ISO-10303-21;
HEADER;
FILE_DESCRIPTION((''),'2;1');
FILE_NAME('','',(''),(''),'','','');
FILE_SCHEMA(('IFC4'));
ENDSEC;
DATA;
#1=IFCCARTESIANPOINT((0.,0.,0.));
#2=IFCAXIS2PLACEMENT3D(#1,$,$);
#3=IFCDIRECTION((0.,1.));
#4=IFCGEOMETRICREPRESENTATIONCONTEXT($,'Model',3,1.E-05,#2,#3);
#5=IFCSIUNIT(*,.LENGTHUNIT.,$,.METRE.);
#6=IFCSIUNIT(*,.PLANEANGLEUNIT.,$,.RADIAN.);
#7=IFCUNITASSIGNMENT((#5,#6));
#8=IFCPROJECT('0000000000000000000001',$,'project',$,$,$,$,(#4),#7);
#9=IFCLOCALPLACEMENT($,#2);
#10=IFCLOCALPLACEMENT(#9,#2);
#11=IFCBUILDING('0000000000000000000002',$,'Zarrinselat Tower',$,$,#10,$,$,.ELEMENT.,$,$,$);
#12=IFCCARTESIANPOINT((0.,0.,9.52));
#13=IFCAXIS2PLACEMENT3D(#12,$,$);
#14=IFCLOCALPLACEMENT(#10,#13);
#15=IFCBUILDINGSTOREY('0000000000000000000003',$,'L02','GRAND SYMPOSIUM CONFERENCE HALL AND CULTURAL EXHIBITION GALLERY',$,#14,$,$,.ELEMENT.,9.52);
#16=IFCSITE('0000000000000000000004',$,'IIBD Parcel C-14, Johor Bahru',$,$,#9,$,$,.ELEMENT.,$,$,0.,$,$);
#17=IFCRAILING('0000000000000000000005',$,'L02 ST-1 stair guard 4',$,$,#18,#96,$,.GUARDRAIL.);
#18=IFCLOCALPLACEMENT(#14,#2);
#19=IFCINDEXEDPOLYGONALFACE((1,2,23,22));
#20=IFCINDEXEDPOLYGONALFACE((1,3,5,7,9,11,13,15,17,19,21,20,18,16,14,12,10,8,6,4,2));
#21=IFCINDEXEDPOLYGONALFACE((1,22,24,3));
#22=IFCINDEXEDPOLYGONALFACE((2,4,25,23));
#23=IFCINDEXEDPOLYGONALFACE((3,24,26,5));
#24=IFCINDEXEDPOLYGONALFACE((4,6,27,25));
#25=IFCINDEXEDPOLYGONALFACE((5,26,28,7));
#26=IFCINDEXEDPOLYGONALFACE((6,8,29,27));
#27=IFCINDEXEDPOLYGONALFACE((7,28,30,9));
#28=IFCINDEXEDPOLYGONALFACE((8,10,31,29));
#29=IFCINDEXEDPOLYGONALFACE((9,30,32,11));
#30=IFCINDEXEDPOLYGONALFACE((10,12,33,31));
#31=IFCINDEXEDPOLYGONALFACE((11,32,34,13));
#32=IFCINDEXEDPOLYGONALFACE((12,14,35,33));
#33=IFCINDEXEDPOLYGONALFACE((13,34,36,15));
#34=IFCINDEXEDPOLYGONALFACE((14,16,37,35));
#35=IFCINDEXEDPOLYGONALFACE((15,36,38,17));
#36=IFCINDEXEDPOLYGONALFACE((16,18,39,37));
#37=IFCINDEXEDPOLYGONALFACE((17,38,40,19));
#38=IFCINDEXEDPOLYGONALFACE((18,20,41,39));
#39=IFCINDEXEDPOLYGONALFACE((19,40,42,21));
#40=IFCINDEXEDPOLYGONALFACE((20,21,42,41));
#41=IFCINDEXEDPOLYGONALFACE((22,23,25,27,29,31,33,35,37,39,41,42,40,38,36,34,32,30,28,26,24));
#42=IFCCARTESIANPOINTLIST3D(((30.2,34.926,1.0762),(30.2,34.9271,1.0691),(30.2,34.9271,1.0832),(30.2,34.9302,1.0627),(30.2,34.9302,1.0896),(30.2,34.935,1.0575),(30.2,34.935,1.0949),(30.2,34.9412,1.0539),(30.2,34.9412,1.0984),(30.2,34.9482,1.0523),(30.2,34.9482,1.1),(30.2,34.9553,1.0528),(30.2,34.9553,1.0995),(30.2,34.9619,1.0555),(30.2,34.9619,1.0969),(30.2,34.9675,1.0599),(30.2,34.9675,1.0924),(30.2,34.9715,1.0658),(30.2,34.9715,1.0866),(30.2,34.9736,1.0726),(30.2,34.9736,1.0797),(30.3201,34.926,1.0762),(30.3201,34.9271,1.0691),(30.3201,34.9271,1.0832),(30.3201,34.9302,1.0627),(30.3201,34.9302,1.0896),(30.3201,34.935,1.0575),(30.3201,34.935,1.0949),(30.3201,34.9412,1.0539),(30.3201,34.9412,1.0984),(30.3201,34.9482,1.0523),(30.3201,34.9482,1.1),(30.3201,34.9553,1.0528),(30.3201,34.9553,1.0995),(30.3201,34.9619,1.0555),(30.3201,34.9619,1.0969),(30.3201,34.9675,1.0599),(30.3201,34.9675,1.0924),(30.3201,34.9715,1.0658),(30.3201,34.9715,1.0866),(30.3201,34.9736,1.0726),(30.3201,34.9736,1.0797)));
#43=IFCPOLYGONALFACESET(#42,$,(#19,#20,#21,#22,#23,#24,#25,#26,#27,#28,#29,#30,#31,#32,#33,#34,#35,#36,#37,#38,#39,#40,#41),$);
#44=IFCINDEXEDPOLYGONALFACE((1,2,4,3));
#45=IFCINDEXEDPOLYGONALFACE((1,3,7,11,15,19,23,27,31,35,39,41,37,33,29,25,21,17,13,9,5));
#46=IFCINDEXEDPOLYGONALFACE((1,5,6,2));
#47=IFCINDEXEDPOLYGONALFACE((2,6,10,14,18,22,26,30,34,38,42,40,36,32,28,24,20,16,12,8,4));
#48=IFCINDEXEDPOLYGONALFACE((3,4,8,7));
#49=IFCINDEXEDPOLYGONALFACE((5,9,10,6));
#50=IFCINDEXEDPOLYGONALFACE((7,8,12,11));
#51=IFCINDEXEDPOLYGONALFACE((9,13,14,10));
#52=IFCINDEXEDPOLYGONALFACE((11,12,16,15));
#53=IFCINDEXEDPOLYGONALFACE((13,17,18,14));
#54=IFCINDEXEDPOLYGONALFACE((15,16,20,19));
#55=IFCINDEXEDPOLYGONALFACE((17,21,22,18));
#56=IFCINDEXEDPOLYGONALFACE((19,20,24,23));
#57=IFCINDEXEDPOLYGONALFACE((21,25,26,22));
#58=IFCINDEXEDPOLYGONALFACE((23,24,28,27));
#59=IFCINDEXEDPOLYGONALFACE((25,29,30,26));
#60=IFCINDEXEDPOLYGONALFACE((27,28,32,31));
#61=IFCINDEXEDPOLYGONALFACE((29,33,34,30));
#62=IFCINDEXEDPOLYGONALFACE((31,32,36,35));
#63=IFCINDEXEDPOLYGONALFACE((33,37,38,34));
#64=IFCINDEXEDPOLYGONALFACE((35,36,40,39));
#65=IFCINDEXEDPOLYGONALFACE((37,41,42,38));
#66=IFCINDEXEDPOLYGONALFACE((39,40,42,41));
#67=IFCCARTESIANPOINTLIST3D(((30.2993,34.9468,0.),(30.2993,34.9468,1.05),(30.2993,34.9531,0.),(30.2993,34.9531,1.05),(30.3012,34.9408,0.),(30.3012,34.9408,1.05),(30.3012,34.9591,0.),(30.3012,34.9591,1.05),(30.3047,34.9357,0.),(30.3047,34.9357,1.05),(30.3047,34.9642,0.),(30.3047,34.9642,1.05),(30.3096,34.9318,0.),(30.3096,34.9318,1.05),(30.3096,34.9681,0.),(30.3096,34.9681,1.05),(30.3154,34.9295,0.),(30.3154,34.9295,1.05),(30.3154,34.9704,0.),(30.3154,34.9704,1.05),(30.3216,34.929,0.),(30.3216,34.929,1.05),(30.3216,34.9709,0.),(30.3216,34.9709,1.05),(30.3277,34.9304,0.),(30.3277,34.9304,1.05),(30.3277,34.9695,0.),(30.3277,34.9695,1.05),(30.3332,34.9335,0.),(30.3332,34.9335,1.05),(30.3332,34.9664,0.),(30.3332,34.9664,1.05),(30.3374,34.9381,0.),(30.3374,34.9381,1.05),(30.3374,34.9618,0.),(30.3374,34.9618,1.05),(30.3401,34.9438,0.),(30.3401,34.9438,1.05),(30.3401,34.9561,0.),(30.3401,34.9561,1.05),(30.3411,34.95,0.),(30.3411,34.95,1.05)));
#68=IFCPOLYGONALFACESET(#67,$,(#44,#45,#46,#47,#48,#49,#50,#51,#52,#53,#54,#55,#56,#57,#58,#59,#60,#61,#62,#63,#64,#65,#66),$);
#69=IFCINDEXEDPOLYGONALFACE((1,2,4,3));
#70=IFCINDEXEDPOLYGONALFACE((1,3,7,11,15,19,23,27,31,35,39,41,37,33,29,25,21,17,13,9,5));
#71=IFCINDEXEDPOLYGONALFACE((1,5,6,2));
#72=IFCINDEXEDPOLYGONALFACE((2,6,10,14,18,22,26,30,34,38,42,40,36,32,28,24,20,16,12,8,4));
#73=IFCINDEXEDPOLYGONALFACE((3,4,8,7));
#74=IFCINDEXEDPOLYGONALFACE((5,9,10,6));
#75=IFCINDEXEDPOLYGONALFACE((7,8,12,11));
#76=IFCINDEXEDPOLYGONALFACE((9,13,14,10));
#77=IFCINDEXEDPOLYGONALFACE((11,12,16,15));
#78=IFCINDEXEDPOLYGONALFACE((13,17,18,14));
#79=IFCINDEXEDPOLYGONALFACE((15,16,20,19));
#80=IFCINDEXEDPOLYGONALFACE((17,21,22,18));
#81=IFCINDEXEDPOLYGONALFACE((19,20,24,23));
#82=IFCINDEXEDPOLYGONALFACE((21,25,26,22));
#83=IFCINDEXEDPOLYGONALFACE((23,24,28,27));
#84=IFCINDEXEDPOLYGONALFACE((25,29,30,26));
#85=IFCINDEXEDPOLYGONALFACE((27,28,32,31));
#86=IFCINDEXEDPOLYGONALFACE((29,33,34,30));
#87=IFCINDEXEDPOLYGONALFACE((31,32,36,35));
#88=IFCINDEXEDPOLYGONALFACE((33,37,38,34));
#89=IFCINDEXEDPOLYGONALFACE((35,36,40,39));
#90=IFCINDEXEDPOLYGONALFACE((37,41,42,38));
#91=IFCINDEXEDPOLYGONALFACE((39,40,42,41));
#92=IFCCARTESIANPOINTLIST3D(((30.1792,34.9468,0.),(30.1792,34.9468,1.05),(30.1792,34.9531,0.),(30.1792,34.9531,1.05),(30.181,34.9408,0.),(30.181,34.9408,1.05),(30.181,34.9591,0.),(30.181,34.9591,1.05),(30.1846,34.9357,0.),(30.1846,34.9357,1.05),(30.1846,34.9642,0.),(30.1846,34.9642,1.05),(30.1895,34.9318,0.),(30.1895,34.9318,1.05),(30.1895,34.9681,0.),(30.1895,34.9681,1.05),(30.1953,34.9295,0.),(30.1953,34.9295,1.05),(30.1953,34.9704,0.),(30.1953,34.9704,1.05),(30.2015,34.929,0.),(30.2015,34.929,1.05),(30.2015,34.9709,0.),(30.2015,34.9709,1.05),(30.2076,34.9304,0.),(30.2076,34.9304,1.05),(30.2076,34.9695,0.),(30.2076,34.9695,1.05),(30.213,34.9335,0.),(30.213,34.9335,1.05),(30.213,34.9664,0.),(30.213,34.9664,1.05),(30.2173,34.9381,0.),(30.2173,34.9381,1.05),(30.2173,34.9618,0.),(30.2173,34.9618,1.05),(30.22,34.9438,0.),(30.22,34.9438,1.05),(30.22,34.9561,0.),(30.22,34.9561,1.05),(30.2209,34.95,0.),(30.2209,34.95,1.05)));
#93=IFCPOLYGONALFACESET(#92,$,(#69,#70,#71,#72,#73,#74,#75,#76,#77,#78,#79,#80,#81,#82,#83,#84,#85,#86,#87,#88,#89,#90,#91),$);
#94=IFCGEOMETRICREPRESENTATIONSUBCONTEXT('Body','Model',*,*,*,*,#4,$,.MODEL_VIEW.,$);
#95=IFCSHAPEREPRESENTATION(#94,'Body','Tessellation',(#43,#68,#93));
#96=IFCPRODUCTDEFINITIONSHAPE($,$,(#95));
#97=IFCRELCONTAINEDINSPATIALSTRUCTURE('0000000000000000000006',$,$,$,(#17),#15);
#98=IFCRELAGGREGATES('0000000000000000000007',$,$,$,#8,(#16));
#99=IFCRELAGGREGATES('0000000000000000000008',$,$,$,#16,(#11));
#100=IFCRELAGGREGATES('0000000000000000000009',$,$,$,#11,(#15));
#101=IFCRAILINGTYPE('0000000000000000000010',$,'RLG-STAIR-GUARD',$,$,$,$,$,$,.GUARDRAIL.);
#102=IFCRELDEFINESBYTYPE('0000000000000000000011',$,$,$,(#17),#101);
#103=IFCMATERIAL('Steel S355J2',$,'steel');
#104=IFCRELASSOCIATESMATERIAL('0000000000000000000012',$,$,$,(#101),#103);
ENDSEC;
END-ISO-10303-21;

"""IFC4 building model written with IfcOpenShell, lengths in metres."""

from ifc_helpers import new_model, si_unit, direction, frame, origin, origin_2d, place, context, subcontext, project, spatial, circle, extrude, material, type_object, element, save


model = new_model("IFC4")

# Units and contexts
model_context = context("Model", 3, precision=1e-05, world=origin(), true_north=direction((0.0, 1.0)))
body_context = subcontext(model_context, "Body", "Model", "MODEL_VIEW")
ifc_project = project(units=[si_unit("LENGTHUNIT", "METRE"), si_unit("PLANEANGLEUNIT", "RADIAN")], contexts=[model_context])

# Site, building, storey
site_placement = place(None, origin())
site = spatial("IfcSite", under=ifc_project, at=site_placement, Name="IIBD Parcel C-14, Johor Bahru", CompositionType="ELEMENT", RefElevation=0.0)
building_placement = place(site_placement, origin())
building = spatial("IfcBuilding", under=site, at=building_placement, Name="Zarrinselat Tower", CompositionType="ELEMENT")
storey_placement = place(building_placement, frame((0.0, 0.0, 9.52)))
storey = spatial("IfcBuildingStorey", under=building, at=storey_placement, Name="L02", Description="GRAND SYMPOSIUM CONFERENCE HALL AND CULTURAL EXHIBITION GALLERY", CompositionType="ELEMENT", Elevation=9.52)

# Railing
ifc_material_1 = material(Name="Steel S355J2", Category="steel")
railing_type_1 = type_object("IfcRailingType", Name="RLG-STAIR-GUARD", PredefinedType="GUARDRAIL", material=ifc_material_1)
railing_1_placement = place(storey_placement, frame((30.3201, 34.95, 0.0)))
element("IfcRailing", 1, at=railing_1_placement, inside=storey, type_object=railing_type_1, Name="L02 ST-1 stair guard 4", PredefinedType="GUARDRAIL", context=body_context, shape_type="SweptSolid", body=[
    extrude(circle(Radius=0.0239, at=origin_2d()), frame((0.0, 0.0, 1.0762), z_axis=(-1.0, 0.0, 0.0), x_axis=(0.0, -1.0, 0.0)), (0.0, 0.0, 1.0), 0.1201),
    extrude(circle(Radius=0.021, at=origin_2d()), origin(), (0.0, 0.0, 1.0), 1.05),
    extrude(circle(Radius=0.021, at=origin_2d()), frame((-0.1201, 0.0, 0.0)), (0.0, 0.0, 1.0), 1.05),
])

save(model, "model.ifc")
